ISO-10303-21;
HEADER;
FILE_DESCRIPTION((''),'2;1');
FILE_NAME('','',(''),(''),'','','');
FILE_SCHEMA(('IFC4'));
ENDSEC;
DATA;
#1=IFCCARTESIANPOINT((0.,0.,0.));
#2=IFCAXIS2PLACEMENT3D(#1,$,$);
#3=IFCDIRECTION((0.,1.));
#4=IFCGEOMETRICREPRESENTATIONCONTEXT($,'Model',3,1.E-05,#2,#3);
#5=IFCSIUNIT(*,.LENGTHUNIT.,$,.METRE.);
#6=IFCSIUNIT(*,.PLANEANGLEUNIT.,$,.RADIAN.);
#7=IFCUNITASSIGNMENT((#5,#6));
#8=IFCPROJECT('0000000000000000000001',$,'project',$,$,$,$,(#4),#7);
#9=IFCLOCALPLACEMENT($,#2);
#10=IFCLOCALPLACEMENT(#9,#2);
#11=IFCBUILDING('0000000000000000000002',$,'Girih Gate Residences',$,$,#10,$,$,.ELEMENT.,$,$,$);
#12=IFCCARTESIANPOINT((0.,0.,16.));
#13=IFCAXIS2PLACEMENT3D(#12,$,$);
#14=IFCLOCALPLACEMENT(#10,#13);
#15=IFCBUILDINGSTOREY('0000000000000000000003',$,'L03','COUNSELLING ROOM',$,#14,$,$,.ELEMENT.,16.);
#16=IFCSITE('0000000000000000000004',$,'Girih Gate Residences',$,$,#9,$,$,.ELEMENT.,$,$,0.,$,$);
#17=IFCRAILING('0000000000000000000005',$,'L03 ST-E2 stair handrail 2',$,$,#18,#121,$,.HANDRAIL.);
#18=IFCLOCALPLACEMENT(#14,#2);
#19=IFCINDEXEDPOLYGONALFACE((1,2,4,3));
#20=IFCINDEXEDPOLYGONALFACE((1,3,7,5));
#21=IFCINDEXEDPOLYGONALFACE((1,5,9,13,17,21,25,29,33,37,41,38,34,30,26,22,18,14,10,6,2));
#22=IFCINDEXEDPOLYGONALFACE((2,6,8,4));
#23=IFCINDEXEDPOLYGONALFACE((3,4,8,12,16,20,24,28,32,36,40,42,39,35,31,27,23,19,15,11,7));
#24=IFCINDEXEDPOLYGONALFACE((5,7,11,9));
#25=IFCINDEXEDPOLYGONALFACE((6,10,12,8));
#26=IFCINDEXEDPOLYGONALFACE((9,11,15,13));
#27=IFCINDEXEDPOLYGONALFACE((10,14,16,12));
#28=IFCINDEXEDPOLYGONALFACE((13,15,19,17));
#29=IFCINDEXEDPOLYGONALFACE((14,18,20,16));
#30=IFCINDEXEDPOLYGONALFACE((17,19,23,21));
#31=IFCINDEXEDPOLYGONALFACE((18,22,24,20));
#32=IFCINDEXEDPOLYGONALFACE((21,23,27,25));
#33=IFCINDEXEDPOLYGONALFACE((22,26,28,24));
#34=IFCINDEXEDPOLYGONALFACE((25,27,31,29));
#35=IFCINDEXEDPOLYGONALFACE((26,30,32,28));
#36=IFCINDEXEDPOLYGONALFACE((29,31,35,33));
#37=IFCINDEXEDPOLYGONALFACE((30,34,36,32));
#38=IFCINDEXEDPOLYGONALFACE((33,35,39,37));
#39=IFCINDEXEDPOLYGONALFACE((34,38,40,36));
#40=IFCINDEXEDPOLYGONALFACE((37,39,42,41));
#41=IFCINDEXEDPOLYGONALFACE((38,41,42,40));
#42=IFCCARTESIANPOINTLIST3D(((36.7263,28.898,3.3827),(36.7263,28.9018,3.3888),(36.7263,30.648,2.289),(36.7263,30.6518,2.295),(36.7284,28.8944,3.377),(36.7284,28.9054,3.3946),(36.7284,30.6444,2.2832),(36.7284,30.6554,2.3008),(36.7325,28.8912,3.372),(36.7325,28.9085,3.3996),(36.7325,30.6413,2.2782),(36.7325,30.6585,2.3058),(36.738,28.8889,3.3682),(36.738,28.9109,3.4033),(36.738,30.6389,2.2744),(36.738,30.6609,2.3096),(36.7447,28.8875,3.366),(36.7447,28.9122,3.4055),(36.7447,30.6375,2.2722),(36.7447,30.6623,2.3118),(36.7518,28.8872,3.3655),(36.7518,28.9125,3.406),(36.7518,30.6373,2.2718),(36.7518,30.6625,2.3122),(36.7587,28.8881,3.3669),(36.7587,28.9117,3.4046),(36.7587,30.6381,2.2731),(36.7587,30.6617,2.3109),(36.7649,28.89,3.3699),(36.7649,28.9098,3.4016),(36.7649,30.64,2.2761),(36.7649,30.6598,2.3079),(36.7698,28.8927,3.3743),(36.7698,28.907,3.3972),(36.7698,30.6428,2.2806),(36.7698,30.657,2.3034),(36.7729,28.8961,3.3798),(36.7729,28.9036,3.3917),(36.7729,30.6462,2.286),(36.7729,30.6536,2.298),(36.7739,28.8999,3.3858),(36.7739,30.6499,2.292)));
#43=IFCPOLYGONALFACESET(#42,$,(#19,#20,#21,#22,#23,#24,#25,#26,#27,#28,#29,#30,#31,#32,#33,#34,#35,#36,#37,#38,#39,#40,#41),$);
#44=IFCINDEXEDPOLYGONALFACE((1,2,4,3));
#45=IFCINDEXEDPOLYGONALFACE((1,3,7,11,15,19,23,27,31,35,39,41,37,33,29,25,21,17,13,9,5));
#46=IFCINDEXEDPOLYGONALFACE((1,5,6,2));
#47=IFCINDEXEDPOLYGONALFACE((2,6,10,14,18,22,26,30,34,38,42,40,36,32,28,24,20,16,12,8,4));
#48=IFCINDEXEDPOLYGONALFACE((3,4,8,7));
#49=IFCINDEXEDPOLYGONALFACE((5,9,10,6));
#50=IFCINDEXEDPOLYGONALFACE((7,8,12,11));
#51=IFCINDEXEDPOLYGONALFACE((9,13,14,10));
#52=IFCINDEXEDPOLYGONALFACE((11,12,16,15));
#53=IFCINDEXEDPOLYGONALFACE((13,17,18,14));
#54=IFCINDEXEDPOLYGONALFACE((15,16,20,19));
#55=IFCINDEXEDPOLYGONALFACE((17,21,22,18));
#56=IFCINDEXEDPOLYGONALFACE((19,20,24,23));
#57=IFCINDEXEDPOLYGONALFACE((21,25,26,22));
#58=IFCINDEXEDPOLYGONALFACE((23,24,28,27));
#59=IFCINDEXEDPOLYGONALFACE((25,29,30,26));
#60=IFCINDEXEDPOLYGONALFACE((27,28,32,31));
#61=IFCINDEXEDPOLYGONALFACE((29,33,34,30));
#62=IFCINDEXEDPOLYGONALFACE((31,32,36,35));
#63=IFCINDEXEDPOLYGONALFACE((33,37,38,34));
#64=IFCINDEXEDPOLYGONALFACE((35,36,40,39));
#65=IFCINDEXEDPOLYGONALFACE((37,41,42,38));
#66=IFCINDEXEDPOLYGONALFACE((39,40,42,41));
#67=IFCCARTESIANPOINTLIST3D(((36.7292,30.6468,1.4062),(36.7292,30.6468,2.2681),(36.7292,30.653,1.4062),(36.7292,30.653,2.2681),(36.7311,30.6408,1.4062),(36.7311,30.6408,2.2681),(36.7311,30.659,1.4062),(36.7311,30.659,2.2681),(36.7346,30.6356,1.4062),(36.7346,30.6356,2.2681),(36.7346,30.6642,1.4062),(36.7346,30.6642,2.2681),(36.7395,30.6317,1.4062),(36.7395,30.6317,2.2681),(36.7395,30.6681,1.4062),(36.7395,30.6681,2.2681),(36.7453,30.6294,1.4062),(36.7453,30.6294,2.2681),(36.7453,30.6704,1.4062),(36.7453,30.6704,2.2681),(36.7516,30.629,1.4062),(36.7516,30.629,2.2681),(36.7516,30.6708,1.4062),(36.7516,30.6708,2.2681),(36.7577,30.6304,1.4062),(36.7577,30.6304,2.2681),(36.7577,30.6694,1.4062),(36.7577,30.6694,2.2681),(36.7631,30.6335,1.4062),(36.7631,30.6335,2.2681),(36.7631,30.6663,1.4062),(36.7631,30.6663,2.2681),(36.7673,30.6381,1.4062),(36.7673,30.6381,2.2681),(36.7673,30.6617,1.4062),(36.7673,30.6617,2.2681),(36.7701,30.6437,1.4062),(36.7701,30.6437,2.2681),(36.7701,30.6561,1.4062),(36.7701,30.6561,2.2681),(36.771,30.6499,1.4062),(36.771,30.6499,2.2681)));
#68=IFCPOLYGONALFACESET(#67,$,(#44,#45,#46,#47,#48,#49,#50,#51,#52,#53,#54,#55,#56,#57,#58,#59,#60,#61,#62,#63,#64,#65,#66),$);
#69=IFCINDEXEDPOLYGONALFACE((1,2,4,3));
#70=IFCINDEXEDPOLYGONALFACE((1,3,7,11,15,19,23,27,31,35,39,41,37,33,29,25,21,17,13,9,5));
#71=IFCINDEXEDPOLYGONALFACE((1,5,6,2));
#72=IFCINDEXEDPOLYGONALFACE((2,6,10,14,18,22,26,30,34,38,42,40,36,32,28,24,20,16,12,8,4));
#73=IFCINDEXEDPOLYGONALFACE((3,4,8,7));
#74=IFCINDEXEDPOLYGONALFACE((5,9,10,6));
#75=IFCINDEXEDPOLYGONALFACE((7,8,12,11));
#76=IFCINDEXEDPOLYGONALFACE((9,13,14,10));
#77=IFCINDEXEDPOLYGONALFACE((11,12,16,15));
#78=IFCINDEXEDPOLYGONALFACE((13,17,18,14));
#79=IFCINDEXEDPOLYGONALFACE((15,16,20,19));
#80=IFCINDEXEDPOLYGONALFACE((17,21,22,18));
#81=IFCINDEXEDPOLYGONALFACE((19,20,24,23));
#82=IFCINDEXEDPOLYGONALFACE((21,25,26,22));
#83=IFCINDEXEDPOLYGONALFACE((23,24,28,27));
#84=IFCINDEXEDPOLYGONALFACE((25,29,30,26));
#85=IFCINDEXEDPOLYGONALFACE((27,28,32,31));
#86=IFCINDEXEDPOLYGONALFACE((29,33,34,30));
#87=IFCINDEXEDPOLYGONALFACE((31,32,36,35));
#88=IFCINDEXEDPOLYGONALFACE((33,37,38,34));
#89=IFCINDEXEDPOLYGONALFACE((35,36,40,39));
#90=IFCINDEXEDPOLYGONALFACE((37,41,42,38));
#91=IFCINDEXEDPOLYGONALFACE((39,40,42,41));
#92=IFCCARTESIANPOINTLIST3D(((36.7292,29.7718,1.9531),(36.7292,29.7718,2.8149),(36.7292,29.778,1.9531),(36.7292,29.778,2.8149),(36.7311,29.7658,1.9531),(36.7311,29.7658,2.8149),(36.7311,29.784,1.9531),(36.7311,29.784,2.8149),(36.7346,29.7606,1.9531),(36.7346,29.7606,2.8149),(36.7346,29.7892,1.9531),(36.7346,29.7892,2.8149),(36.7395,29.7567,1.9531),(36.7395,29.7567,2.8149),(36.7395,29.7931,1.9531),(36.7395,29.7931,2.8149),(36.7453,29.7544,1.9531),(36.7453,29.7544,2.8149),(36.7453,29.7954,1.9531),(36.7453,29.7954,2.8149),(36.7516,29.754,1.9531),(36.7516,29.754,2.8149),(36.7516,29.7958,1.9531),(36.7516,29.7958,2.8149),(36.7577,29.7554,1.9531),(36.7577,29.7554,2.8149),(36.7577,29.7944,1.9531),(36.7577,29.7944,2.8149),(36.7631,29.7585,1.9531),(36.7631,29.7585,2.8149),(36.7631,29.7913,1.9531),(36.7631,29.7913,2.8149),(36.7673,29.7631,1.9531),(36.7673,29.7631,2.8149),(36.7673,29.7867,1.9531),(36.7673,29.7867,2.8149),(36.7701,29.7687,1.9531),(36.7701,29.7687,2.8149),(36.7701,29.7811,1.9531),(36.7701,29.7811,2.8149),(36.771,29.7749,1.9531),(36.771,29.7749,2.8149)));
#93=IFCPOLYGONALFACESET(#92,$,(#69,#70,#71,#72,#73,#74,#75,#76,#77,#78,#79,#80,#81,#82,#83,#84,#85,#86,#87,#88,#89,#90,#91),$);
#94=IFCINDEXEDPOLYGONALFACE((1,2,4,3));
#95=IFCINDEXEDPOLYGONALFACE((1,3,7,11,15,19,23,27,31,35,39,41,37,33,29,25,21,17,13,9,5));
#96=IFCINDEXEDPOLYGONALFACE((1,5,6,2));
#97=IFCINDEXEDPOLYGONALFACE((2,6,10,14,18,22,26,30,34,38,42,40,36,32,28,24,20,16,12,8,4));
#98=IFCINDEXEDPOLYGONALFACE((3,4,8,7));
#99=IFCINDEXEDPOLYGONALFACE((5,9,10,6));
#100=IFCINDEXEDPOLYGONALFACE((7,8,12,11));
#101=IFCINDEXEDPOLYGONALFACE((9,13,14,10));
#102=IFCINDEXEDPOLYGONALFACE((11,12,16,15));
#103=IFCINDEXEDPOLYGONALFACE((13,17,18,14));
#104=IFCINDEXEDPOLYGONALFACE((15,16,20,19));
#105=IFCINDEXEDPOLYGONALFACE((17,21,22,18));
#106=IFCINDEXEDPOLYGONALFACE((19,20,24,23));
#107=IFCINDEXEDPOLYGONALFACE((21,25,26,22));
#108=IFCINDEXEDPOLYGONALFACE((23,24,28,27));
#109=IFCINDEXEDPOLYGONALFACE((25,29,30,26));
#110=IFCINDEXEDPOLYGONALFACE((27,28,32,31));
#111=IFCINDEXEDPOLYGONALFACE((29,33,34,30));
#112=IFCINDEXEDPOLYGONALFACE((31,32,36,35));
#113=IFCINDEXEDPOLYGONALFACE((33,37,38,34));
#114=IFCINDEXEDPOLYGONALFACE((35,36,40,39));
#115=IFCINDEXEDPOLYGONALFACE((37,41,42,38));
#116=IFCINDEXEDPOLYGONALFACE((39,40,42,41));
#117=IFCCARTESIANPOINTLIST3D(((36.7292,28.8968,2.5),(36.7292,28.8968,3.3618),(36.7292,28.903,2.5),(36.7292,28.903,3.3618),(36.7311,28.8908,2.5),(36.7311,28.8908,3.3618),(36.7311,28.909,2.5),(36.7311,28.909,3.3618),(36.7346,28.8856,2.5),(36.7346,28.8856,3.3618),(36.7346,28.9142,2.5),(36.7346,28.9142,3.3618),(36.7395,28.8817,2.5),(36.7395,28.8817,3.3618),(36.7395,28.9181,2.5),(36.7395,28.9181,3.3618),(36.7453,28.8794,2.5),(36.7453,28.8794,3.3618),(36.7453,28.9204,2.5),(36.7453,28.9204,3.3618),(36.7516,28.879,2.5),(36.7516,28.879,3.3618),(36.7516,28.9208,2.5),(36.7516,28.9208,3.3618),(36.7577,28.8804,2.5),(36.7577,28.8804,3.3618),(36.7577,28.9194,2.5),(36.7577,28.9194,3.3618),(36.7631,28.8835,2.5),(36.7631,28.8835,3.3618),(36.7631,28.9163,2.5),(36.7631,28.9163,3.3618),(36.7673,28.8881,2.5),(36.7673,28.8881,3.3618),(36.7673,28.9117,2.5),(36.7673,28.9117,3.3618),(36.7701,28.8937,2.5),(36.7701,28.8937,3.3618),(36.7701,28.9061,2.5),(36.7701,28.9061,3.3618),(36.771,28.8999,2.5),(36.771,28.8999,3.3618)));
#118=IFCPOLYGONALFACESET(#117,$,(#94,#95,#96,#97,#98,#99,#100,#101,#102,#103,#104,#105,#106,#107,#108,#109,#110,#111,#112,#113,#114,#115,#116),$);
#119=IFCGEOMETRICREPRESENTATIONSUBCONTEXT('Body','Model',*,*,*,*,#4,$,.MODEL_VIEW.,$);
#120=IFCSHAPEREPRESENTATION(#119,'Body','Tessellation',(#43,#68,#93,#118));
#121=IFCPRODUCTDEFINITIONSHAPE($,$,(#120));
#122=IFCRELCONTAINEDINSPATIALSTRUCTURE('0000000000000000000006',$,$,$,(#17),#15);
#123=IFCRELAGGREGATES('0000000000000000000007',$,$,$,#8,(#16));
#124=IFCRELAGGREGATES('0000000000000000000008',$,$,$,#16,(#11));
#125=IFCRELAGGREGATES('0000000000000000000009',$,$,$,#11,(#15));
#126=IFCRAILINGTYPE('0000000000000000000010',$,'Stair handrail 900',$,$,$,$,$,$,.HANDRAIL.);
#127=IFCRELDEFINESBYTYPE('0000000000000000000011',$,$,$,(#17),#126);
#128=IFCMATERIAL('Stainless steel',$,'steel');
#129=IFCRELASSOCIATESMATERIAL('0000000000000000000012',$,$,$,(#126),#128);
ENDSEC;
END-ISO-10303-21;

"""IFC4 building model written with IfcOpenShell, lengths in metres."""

from ifc_helpers import new_model, si_unit, direction, frame, origin, origin_2d, place, context, subcontext, project, spatial, circle, extrude, material, type_object, element, save


model = new_model("IFC4")

# Units and contexts
model_context = context("Model", 3, precision=1e-05, world=origin(), true_north=direction((0.0, 1.0)))
body_context = subcontext(model_context, "Body", "Model", "MODEL_VIEW")
ifc_project = project(units=[si_unit("LENGTHUNIT", "METRE"), si_unit("PLANEANGLEUNIT", "RADIAN")], contexts=[model_context])

# Site, building, storey
site_placement = place(None, origin())
site = spatial("IfcSite", under=ifc_project, at=site_placement, Name="Girih Gate Residences", CompositionType="ELEMENT", RefElevation=0.0)
building_placement = place(site_placement, origin())
building = spatial("IfcBuilding", under=site, at=building_placement, Name="Girih Gate Residences", CompositionType="ELEMENT")
storey_placement = place(building_placement, frame((0.0, 0.0, 16.0)))
storey = spatial("IfcBuildingStorey", under=building, at=storey_placement, Name="L03", Description="COUNSELLING ROOM", CompositionType="ELEMENT", Elevation=16.0)

# Railing
ifc_material_1 = material(Name="Stainless steel", Category="steel")
railing_type_1 = type_object("IfcRailingType", Name="Stair handrail 900", PredefinedType="HANDRAIL", material=ifc_material_1)
railing_1_placement = place(storey_placement, frame((36.75, 30.6499, 1.4062)))
element("IfcRailing", 1, at=railing_1_placement, inside=storey, type_object=railing_type_1, Name="L03 ST-E2 stair handrail 2", PredefinedType="HANDRAIL", context=body_context, shape_type="SweptSolid", body=[
    extrude(circle(Radius=0.0239, at=origin_2d()), frame((0.0, 0.0, 0.8857), z_axis=(0.0, -0.847998, 0.529999), x_axis=(1.0, 0.0, 0.0)), (0.0, 0.0, 1.0), 2.0637),
    extrude(circle(Radius=0.021, at=origin_2d()), origin(), (0.0, 0.0, 1.0), 0.8618),
    extrude(circle(Radius=0.021, at=origin_2d()), frame((0.0, -0.875, 0.5469)), (0.0, 0.0, 1.0), 0.8618),
    extrude(circle(Radius=0.021, at=origin_2d()), frame((0.0, -1.75, 1.0938)), (0.0, 0.0, 1.0), 0.8618),
])

save(model, "model.ifc")
